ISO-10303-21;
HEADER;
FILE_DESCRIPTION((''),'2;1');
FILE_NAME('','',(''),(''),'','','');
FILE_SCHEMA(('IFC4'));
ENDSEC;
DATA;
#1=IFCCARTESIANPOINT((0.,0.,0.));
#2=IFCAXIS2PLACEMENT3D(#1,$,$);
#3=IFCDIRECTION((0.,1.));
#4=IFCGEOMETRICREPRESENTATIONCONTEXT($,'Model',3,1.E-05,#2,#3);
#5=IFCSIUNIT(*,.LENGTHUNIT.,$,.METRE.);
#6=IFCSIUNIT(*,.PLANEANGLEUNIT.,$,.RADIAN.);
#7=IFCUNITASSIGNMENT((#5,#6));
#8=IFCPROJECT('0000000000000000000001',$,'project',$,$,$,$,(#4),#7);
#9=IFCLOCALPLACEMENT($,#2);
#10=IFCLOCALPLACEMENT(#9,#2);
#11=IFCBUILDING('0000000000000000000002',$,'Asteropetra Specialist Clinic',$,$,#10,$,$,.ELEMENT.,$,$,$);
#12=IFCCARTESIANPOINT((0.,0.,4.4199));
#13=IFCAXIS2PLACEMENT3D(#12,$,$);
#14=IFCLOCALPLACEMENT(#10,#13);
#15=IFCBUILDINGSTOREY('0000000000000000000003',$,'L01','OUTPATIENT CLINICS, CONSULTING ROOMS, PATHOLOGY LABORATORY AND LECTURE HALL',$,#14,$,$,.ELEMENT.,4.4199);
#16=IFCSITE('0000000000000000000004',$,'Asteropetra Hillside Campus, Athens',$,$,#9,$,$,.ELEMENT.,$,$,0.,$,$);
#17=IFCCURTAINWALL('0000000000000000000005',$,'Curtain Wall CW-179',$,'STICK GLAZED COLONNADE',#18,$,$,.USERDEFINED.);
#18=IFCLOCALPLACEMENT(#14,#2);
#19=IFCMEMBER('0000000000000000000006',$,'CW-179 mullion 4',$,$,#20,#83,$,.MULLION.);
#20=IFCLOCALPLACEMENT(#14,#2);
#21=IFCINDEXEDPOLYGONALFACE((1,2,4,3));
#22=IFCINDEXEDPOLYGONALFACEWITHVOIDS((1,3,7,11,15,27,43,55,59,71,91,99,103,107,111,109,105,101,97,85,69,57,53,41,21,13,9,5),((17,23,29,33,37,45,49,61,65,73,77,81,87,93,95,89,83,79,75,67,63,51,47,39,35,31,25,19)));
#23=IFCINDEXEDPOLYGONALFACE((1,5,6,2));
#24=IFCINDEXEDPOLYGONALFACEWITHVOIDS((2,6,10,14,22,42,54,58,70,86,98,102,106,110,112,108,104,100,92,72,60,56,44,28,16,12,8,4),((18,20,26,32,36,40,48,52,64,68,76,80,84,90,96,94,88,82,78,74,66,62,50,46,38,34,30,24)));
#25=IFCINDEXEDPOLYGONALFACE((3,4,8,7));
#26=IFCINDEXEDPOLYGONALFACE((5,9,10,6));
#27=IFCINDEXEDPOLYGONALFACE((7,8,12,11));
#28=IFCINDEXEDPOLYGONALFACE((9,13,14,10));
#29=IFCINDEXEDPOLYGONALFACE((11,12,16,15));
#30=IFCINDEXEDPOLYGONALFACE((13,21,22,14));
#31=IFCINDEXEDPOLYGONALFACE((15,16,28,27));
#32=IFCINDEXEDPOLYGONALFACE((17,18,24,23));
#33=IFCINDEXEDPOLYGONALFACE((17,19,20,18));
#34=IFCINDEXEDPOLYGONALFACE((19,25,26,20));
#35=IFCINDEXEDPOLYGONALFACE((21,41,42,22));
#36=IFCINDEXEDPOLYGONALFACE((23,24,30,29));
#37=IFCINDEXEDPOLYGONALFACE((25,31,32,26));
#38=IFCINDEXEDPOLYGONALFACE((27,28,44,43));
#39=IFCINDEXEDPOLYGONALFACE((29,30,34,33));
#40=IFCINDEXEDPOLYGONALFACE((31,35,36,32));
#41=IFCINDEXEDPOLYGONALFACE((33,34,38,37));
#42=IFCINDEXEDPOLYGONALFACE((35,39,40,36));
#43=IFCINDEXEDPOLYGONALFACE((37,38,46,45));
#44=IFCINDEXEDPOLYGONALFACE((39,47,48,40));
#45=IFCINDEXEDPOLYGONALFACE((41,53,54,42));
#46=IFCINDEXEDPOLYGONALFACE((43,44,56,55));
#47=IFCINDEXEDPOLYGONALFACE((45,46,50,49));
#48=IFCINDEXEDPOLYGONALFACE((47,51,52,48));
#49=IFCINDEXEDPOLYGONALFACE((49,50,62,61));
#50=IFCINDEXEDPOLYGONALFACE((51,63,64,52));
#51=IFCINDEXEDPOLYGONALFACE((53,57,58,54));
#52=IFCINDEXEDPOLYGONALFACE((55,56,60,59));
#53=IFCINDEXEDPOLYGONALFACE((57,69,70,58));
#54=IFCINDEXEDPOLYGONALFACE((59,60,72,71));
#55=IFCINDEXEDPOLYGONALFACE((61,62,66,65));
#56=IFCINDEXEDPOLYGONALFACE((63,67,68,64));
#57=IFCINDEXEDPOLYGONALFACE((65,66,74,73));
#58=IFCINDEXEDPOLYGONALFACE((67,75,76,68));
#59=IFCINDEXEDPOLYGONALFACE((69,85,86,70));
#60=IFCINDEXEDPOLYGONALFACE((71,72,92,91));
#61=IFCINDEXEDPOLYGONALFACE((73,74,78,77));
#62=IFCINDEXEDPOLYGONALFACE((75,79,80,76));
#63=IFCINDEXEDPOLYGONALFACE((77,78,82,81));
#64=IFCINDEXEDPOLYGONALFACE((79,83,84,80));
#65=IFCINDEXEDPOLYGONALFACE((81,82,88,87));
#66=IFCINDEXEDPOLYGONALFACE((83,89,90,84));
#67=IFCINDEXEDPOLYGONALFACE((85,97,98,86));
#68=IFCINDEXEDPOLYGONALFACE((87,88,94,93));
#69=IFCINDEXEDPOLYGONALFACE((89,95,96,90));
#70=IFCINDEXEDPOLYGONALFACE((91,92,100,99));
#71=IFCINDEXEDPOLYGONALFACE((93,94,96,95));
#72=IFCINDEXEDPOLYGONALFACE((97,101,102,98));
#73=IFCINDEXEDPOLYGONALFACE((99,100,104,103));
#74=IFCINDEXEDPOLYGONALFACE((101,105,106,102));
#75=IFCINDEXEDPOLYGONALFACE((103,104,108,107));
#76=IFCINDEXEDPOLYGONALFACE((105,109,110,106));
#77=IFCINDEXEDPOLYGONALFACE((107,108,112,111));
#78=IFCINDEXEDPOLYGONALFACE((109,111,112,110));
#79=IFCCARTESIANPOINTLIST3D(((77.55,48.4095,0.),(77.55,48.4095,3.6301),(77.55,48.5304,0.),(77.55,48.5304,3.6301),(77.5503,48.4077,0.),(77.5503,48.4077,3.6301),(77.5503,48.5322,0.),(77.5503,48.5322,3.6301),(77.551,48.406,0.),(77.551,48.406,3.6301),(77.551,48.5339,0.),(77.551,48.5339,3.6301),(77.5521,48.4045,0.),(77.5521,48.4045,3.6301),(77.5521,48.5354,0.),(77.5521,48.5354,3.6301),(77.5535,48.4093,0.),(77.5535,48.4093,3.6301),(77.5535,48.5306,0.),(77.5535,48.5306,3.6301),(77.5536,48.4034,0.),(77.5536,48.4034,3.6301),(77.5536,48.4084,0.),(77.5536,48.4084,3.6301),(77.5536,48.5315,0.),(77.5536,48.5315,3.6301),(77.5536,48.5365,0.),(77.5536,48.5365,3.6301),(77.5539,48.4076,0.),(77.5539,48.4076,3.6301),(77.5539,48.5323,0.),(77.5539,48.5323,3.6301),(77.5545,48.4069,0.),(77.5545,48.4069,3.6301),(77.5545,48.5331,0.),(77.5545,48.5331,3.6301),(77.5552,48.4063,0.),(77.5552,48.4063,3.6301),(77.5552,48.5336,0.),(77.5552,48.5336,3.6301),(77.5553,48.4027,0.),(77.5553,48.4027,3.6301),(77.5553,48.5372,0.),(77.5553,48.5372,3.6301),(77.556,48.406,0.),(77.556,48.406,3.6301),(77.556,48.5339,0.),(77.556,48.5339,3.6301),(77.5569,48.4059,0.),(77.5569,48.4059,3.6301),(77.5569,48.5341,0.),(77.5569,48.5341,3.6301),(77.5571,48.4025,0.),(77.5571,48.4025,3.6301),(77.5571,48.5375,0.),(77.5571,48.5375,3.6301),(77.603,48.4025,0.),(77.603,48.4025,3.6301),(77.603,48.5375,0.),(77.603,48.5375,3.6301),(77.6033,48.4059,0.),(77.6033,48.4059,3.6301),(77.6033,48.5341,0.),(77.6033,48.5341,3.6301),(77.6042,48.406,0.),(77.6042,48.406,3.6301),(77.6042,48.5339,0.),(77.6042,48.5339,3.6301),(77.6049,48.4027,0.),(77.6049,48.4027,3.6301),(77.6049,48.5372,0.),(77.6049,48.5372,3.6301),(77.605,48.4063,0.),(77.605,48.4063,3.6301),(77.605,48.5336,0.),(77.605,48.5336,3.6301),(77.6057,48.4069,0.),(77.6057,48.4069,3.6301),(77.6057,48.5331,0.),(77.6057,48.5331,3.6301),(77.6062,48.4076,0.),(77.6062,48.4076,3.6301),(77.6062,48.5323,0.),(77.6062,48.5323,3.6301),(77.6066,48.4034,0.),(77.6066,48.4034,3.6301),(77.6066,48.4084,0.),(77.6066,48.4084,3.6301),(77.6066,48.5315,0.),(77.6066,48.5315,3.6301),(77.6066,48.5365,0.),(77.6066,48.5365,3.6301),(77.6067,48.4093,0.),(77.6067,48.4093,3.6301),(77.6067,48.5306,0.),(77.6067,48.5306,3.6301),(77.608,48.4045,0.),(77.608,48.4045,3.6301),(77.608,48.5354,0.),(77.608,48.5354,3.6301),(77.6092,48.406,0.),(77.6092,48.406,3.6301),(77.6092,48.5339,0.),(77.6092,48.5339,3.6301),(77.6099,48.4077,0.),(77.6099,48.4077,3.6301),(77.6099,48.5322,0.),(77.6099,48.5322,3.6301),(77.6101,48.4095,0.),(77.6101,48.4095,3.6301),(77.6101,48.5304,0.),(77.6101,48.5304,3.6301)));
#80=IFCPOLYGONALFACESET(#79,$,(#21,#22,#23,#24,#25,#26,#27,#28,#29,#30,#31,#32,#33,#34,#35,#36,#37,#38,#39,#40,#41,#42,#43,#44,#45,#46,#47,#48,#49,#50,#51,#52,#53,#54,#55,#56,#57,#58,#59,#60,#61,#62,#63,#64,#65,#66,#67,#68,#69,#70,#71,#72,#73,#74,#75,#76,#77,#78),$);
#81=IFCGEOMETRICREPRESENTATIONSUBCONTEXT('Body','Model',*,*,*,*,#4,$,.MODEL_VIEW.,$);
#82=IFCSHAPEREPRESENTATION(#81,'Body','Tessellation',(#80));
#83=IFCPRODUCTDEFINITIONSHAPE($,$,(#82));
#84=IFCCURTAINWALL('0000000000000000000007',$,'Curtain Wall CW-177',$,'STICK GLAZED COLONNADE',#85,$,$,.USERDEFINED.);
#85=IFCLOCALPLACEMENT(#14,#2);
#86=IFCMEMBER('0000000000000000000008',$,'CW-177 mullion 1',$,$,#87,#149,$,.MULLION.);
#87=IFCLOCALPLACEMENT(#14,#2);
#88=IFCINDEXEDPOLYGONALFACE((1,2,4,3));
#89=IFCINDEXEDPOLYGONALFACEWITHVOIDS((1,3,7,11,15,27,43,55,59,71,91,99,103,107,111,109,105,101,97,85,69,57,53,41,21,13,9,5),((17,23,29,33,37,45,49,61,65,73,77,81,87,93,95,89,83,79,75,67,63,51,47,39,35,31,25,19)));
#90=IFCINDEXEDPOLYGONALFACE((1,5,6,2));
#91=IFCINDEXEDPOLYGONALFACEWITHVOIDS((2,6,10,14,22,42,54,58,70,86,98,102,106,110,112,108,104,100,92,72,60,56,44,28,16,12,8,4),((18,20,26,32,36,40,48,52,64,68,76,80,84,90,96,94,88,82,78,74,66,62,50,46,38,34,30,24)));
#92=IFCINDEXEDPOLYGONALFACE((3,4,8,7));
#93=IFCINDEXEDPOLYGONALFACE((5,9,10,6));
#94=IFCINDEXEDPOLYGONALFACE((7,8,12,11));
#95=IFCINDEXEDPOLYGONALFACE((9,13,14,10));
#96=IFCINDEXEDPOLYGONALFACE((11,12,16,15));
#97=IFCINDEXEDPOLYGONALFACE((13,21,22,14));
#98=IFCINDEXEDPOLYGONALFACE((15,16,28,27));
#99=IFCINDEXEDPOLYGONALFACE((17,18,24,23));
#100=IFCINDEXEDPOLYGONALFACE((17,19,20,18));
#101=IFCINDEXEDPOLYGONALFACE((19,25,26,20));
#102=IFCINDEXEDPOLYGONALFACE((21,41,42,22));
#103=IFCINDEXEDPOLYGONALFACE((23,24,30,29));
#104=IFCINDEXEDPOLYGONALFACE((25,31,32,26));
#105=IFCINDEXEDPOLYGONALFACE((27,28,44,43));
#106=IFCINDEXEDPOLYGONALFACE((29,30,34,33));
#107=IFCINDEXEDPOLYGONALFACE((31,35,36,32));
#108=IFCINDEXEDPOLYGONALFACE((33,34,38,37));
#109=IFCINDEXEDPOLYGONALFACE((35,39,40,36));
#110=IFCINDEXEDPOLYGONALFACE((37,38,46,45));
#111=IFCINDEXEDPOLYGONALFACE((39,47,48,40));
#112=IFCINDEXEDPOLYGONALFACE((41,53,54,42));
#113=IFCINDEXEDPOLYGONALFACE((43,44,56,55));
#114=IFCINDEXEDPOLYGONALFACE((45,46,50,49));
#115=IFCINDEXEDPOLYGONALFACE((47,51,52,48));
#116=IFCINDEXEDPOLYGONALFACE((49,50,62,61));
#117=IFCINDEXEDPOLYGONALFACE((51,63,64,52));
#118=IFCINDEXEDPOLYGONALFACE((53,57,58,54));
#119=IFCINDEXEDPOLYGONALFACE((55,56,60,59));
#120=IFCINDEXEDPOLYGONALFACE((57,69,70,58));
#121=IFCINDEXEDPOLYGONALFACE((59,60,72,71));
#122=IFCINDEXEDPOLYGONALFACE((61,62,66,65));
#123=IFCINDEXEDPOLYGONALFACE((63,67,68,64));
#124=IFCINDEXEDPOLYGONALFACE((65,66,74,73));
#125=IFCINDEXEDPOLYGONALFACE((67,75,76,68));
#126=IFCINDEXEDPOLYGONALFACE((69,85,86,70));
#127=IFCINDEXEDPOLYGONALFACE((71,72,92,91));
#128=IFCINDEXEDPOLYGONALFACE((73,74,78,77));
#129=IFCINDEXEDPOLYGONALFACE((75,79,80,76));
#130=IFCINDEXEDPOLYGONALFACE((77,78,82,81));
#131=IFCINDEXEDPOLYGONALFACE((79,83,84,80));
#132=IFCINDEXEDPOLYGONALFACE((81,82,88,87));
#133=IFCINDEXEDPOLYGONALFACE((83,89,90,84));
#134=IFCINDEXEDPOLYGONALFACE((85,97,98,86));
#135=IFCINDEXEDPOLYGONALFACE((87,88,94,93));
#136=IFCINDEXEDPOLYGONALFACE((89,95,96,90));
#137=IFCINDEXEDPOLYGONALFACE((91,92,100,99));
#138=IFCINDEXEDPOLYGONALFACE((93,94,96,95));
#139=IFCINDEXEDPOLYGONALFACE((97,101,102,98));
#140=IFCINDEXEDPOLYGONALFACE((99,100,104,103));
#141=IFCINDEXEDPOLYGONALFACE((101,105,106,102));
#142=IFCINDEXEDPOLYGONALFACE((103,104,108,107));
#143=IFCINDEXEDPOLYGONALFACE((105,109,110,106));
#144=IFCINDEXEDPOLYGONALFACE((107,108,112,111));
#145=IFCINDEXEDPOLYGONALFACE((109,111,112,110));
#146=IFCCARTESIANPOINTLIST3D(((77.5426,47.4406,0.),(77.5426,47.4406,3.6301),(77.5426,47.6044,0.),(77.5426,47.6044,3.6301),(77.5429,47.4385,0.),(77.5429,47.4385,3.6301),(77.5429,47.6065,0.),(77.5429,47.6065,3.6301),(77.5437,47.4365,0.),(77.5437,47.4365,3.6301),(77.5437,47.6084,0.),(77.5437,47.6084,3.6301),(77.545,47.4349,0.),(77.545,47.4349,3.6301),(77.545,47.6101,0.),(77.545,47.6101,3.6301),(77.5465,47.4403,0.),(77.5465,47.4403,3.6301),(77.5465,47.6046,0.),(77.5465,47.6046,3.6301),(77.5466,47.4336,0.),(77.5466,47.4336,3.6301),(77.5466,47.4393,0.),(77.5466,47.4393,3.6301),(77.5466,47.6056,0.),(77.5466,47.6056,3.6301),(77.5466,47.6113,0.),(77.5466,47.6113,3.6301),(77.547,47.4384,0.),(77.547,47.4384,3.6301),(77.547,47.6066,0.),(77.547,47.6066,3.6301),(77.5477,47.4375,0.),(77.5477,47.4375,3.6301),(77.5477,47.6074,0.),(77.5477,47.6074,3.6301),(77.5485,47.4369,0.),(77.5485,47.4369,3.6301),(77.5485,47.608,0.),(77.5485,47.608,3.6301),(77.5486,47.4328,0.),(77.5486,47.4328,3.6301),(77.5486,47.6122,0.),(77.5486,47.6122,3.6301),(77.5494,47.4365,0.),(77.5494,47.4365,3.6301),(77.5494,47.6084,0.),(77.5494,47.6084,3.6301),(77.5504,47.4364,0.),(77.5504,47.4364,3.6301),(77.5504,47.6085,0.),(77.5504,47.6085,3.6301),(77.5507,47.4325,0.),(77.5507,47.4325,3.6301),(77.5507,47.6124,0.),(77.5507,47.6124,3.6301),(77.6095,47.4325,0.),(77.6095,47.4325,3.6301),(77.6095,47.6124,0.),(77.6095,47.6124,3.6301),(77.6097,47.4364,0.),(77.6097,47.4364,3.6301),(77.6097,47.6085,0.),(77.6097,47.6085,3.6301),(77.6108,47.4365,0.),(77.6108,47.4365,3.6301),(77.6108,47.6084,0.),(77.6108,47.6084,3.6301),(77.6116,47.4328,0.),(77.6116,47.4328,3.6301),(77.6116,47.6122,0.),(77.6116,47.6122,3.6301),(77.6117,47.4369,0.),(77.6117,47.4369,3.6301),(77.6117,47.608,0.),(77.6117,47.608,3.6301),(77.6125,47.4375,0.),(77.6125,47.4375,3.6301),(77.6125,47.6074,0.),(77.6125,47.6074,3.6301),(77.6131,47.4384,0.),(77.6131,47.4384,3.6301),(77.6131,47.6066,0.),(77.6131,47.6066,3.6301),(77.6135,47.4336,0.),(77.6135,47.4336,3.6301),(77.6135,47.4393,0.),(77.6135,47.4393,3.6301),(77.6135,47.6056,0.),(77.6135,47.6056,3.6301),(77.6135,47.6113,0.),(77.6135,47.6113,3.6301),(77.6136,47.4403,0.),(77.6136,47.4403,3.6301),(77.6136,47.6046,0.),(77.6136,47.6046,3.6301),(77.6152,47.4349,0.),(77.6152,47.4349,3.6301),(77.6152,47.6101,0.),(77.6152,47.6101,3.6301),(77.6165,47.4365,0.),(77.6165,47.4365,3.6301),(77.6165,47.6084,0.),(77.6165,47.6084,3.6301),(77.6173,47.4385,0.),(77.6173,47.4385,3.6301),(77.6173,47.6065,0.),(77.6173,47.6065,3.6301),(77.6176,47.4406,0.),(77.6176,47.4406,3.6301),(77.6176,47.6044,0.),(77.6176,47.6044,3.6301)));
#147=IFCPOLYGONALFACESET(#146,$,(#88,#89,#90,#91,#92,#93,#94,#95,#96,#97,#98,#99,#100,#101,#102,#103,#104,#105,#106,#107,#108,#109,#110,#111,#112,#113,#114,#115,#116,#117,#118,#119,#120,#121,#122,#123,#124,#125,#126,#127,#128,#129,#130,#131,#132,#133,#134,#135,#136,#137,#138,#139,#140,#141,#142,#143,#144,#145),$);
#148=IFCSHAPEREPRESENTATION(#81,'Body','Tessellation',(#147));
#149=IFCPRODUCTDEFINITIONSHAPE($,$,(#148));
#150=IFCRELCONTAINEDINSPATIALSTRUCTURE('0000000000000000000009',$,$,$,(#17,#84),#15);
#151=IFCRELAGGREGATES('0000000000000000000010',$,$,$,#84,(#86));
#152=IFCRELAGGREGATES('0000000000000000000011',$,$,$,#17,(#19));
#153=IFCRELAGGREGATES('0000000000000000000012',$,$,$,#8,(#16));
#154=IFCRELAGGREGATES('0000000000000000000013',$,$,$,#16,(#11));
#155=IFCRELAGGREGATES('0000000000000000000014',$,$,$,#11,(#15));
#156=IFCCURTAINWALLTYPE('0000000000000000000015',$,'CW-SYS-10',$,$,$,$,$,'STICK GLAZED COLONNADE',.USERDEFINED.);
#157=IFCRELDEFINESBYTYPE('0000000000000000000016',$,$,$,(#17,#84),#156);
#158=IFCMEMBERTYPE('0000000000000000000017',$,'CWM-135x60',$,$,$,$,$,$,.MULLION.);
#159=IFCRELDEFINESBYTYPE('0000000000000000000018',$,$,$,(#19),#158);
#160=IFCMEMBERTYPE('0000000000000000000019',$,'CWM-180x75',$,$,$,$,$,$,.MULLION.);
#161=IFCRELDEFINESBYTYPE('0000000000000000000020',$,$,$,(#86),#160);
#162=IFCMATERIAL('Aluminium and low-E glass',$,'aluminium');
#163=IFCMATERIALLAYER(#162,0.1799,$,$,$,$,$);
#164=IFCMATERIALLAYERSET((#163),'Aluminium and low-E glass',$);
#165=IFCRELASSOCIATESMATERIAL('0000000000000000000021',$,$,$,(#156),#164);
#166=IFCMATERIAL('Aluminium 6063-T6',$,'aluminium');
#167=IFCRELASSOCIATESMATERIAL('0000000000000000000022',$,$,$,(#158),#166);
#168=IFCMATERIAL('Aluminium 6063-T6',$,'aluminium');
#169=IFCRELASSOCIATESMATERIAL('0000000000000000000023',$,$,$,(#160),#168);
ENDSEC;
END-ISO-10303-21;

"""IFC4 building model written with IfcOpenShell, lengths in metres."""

from ifc_helpers import new_model, si_unit, direction, frame, origin, origin_2d, place, context, subcontext, project, spatial, hollow_rectangle, extrude, material, layer, layer_set, material_profile, profile_set, type_object, element, aggregate, save


model = new_model("IFC4")

# Units and contexts
model_context = context("Model", 3, precision=1e-05, world=origin(), true_north=direction((0.0, 1.0)))
body_context = subcontext(model_context, "Body", "Model", "MODEL_VIEW")
ifc_project = project(units=[si_unit("LENGTHUNIT", "METRE"), si_unit("PLANEANGLEUNIT", "RADIAN")], contexts=[model_context])

# Site, building, storey
site_placement = place(None, origin())
site = spatial("IfcSite", under=ifc_project, at=site_placement, Name="Asteropetra Hillside Campus, Athens", CompositionType="ELEMENT", RefElevation=0.0)
building_placement = place(site_placement, origin())
building = spatial("IfcBuilding", under=site, at=building_placement, Name="Asteropetra Specialist Clinic", CompositionType="ELEMENT")
storey_placement = place(building_placement, frame((0.0, 0.0, 4.4199)))
storey = spatial("IfcBuildingStorey", under=building, at=storey_placement, Name="L01", Description="OUTPATIENT CLINICS, CONSULTING ROOMS, PATHOLOGY LABORATORY AND LECTURE HALL", CompositionType="ELEMENT", Elevation=4.4199)

# Curtain wall, member
ifc_material_1 = material(Name="Aluminium and low-E glass", Category="aluminium")
ifc_layer_1 = layer(ifc_material_1, 0.1799)
ifc_layer_set_1 = layer_set([ifc_layer_1], Name="Aluminium and low-E glass")
curtain_wall_type = type_object("IfcCurtainWallType", Name="CW-SYS-10", ElementType="STICK GLAZED COLONNADE", PredefinedType="USERDEFINED", material=ifc_layer_set_1)
curtain_wall_1_placement = place(storey_placement, origin())
curtain_wall_1 = element("IfcCurtainWall", 1, at=curtain_wall_1_placement, inside=storey, type_object=curtain_wall_type, Name="Curtain Wall CW-179", ObjectType="STICK GLAZED COLONNADE", PredefinedType="USERDEFINED")
ifc_material_2 = material(Name="Aluminium 6063-T6", Category="aluminium")
ifc_material_profile_1 = material_profile(ifc_material_2, hollow_rectangle(XDim=0.0601, YDim=0.135, WallThickness=0.0034, InnerFilletRadius=0.0034, OuterFilletRadius=0.0071, at=origin_2d()), Name="MUL 135x60x3.5")
ifc_profile_set_1 = profile_set([ifc_material_profile_1], Name="Aluminium 6063-T6")
member_type_1 = type_object("IfcMemberType", Name="CWM-135x60", PredefinedType="MULLION", material=ifc_profile_set_1)
member_1_placement = place(storey_placement, frame((77.5801, 48.47, 0.0), z_axis=(0.0, 0.0, 1.0), x_axis=(1.0, 0.0, 0.0)))
member_1 = element("IfcMember", 2, at=member_1_placement, type_object=member_type_1, Name="CW-179 mullion 4", PredefinedType="MULLION", context=body_context, shape_type="SweptSolid", body=[
    extrude(hollow_rectangle(XDim=0.0601, YDim=0.135, WallThickness=0.0034, InnerFilletRadius=0.0034, OuterFilletRadius=0.0071, at=origin_2d()), origin(), (0.0, 0.0, 1.0), 3.6301),
])

# Curtain wall, member
curtain_wall_2_placement = place(storey_placement, origin())
curtain_wall_2 = element("IfcCurtainWall", 3, at=curtain_wall_2_placement, inside=storey, type_object=curtain_wall_type, Name="Curtain Wall CW-177", ObjectType="STICK GLAZED COLONNADE", PredefinedType="USERDEFINED")
ifc_material_3 = material(Name="Aluminium 6063-T6", Category="aluminium")
ifc_material_profile_2 = material_profile(ifc_material_3, hollow_rectangle(XDim=0.075, YDim=0.1799, WallThickness=0.0039, InnerFilletRadius=0.0039, OuterFilletRadius=0.0081, at=origin_2d()), Name="MUL 180x75x4.0")
ifc_profile_set_2 = profile_set([ifc_material_profile_2], Name="Aluminium 6063-T6")
member_type_2 = type_object("IfcMemberType", Name="CWM-180x75", PredefinedType="MULLION", material=ifc_profile_set_2)
member_2_placement = place(storey_placement, frame((77.5801, 47.5225, 0.0), z_axis=(0.0, 0.0, 1.0), x_axis=(1.0, 0.0, 0.0)))
member_2 = element("IfcMember", 4, at=member_2_placement, type_object=member_type_2, Name="CW-177 mullion 1", PredefinedType="MULLION", context=body_context, shape_type="SweptSolid", body=[
    extrude(hollow_rectangle(XDim=0.075, YDim=0.1799, WallThickness=0.0039, InnerFilletRadius=0.0039, OuterFilletRadius=0.0081, at=origin_2d()), origin(), (0.0, 0.0, 1.0), 3.6301),
])

aggregate(curtain_wall_2, [member_2])
aggregate(curtain_wall_1, [member_1])

save(model, "model.ifc")
